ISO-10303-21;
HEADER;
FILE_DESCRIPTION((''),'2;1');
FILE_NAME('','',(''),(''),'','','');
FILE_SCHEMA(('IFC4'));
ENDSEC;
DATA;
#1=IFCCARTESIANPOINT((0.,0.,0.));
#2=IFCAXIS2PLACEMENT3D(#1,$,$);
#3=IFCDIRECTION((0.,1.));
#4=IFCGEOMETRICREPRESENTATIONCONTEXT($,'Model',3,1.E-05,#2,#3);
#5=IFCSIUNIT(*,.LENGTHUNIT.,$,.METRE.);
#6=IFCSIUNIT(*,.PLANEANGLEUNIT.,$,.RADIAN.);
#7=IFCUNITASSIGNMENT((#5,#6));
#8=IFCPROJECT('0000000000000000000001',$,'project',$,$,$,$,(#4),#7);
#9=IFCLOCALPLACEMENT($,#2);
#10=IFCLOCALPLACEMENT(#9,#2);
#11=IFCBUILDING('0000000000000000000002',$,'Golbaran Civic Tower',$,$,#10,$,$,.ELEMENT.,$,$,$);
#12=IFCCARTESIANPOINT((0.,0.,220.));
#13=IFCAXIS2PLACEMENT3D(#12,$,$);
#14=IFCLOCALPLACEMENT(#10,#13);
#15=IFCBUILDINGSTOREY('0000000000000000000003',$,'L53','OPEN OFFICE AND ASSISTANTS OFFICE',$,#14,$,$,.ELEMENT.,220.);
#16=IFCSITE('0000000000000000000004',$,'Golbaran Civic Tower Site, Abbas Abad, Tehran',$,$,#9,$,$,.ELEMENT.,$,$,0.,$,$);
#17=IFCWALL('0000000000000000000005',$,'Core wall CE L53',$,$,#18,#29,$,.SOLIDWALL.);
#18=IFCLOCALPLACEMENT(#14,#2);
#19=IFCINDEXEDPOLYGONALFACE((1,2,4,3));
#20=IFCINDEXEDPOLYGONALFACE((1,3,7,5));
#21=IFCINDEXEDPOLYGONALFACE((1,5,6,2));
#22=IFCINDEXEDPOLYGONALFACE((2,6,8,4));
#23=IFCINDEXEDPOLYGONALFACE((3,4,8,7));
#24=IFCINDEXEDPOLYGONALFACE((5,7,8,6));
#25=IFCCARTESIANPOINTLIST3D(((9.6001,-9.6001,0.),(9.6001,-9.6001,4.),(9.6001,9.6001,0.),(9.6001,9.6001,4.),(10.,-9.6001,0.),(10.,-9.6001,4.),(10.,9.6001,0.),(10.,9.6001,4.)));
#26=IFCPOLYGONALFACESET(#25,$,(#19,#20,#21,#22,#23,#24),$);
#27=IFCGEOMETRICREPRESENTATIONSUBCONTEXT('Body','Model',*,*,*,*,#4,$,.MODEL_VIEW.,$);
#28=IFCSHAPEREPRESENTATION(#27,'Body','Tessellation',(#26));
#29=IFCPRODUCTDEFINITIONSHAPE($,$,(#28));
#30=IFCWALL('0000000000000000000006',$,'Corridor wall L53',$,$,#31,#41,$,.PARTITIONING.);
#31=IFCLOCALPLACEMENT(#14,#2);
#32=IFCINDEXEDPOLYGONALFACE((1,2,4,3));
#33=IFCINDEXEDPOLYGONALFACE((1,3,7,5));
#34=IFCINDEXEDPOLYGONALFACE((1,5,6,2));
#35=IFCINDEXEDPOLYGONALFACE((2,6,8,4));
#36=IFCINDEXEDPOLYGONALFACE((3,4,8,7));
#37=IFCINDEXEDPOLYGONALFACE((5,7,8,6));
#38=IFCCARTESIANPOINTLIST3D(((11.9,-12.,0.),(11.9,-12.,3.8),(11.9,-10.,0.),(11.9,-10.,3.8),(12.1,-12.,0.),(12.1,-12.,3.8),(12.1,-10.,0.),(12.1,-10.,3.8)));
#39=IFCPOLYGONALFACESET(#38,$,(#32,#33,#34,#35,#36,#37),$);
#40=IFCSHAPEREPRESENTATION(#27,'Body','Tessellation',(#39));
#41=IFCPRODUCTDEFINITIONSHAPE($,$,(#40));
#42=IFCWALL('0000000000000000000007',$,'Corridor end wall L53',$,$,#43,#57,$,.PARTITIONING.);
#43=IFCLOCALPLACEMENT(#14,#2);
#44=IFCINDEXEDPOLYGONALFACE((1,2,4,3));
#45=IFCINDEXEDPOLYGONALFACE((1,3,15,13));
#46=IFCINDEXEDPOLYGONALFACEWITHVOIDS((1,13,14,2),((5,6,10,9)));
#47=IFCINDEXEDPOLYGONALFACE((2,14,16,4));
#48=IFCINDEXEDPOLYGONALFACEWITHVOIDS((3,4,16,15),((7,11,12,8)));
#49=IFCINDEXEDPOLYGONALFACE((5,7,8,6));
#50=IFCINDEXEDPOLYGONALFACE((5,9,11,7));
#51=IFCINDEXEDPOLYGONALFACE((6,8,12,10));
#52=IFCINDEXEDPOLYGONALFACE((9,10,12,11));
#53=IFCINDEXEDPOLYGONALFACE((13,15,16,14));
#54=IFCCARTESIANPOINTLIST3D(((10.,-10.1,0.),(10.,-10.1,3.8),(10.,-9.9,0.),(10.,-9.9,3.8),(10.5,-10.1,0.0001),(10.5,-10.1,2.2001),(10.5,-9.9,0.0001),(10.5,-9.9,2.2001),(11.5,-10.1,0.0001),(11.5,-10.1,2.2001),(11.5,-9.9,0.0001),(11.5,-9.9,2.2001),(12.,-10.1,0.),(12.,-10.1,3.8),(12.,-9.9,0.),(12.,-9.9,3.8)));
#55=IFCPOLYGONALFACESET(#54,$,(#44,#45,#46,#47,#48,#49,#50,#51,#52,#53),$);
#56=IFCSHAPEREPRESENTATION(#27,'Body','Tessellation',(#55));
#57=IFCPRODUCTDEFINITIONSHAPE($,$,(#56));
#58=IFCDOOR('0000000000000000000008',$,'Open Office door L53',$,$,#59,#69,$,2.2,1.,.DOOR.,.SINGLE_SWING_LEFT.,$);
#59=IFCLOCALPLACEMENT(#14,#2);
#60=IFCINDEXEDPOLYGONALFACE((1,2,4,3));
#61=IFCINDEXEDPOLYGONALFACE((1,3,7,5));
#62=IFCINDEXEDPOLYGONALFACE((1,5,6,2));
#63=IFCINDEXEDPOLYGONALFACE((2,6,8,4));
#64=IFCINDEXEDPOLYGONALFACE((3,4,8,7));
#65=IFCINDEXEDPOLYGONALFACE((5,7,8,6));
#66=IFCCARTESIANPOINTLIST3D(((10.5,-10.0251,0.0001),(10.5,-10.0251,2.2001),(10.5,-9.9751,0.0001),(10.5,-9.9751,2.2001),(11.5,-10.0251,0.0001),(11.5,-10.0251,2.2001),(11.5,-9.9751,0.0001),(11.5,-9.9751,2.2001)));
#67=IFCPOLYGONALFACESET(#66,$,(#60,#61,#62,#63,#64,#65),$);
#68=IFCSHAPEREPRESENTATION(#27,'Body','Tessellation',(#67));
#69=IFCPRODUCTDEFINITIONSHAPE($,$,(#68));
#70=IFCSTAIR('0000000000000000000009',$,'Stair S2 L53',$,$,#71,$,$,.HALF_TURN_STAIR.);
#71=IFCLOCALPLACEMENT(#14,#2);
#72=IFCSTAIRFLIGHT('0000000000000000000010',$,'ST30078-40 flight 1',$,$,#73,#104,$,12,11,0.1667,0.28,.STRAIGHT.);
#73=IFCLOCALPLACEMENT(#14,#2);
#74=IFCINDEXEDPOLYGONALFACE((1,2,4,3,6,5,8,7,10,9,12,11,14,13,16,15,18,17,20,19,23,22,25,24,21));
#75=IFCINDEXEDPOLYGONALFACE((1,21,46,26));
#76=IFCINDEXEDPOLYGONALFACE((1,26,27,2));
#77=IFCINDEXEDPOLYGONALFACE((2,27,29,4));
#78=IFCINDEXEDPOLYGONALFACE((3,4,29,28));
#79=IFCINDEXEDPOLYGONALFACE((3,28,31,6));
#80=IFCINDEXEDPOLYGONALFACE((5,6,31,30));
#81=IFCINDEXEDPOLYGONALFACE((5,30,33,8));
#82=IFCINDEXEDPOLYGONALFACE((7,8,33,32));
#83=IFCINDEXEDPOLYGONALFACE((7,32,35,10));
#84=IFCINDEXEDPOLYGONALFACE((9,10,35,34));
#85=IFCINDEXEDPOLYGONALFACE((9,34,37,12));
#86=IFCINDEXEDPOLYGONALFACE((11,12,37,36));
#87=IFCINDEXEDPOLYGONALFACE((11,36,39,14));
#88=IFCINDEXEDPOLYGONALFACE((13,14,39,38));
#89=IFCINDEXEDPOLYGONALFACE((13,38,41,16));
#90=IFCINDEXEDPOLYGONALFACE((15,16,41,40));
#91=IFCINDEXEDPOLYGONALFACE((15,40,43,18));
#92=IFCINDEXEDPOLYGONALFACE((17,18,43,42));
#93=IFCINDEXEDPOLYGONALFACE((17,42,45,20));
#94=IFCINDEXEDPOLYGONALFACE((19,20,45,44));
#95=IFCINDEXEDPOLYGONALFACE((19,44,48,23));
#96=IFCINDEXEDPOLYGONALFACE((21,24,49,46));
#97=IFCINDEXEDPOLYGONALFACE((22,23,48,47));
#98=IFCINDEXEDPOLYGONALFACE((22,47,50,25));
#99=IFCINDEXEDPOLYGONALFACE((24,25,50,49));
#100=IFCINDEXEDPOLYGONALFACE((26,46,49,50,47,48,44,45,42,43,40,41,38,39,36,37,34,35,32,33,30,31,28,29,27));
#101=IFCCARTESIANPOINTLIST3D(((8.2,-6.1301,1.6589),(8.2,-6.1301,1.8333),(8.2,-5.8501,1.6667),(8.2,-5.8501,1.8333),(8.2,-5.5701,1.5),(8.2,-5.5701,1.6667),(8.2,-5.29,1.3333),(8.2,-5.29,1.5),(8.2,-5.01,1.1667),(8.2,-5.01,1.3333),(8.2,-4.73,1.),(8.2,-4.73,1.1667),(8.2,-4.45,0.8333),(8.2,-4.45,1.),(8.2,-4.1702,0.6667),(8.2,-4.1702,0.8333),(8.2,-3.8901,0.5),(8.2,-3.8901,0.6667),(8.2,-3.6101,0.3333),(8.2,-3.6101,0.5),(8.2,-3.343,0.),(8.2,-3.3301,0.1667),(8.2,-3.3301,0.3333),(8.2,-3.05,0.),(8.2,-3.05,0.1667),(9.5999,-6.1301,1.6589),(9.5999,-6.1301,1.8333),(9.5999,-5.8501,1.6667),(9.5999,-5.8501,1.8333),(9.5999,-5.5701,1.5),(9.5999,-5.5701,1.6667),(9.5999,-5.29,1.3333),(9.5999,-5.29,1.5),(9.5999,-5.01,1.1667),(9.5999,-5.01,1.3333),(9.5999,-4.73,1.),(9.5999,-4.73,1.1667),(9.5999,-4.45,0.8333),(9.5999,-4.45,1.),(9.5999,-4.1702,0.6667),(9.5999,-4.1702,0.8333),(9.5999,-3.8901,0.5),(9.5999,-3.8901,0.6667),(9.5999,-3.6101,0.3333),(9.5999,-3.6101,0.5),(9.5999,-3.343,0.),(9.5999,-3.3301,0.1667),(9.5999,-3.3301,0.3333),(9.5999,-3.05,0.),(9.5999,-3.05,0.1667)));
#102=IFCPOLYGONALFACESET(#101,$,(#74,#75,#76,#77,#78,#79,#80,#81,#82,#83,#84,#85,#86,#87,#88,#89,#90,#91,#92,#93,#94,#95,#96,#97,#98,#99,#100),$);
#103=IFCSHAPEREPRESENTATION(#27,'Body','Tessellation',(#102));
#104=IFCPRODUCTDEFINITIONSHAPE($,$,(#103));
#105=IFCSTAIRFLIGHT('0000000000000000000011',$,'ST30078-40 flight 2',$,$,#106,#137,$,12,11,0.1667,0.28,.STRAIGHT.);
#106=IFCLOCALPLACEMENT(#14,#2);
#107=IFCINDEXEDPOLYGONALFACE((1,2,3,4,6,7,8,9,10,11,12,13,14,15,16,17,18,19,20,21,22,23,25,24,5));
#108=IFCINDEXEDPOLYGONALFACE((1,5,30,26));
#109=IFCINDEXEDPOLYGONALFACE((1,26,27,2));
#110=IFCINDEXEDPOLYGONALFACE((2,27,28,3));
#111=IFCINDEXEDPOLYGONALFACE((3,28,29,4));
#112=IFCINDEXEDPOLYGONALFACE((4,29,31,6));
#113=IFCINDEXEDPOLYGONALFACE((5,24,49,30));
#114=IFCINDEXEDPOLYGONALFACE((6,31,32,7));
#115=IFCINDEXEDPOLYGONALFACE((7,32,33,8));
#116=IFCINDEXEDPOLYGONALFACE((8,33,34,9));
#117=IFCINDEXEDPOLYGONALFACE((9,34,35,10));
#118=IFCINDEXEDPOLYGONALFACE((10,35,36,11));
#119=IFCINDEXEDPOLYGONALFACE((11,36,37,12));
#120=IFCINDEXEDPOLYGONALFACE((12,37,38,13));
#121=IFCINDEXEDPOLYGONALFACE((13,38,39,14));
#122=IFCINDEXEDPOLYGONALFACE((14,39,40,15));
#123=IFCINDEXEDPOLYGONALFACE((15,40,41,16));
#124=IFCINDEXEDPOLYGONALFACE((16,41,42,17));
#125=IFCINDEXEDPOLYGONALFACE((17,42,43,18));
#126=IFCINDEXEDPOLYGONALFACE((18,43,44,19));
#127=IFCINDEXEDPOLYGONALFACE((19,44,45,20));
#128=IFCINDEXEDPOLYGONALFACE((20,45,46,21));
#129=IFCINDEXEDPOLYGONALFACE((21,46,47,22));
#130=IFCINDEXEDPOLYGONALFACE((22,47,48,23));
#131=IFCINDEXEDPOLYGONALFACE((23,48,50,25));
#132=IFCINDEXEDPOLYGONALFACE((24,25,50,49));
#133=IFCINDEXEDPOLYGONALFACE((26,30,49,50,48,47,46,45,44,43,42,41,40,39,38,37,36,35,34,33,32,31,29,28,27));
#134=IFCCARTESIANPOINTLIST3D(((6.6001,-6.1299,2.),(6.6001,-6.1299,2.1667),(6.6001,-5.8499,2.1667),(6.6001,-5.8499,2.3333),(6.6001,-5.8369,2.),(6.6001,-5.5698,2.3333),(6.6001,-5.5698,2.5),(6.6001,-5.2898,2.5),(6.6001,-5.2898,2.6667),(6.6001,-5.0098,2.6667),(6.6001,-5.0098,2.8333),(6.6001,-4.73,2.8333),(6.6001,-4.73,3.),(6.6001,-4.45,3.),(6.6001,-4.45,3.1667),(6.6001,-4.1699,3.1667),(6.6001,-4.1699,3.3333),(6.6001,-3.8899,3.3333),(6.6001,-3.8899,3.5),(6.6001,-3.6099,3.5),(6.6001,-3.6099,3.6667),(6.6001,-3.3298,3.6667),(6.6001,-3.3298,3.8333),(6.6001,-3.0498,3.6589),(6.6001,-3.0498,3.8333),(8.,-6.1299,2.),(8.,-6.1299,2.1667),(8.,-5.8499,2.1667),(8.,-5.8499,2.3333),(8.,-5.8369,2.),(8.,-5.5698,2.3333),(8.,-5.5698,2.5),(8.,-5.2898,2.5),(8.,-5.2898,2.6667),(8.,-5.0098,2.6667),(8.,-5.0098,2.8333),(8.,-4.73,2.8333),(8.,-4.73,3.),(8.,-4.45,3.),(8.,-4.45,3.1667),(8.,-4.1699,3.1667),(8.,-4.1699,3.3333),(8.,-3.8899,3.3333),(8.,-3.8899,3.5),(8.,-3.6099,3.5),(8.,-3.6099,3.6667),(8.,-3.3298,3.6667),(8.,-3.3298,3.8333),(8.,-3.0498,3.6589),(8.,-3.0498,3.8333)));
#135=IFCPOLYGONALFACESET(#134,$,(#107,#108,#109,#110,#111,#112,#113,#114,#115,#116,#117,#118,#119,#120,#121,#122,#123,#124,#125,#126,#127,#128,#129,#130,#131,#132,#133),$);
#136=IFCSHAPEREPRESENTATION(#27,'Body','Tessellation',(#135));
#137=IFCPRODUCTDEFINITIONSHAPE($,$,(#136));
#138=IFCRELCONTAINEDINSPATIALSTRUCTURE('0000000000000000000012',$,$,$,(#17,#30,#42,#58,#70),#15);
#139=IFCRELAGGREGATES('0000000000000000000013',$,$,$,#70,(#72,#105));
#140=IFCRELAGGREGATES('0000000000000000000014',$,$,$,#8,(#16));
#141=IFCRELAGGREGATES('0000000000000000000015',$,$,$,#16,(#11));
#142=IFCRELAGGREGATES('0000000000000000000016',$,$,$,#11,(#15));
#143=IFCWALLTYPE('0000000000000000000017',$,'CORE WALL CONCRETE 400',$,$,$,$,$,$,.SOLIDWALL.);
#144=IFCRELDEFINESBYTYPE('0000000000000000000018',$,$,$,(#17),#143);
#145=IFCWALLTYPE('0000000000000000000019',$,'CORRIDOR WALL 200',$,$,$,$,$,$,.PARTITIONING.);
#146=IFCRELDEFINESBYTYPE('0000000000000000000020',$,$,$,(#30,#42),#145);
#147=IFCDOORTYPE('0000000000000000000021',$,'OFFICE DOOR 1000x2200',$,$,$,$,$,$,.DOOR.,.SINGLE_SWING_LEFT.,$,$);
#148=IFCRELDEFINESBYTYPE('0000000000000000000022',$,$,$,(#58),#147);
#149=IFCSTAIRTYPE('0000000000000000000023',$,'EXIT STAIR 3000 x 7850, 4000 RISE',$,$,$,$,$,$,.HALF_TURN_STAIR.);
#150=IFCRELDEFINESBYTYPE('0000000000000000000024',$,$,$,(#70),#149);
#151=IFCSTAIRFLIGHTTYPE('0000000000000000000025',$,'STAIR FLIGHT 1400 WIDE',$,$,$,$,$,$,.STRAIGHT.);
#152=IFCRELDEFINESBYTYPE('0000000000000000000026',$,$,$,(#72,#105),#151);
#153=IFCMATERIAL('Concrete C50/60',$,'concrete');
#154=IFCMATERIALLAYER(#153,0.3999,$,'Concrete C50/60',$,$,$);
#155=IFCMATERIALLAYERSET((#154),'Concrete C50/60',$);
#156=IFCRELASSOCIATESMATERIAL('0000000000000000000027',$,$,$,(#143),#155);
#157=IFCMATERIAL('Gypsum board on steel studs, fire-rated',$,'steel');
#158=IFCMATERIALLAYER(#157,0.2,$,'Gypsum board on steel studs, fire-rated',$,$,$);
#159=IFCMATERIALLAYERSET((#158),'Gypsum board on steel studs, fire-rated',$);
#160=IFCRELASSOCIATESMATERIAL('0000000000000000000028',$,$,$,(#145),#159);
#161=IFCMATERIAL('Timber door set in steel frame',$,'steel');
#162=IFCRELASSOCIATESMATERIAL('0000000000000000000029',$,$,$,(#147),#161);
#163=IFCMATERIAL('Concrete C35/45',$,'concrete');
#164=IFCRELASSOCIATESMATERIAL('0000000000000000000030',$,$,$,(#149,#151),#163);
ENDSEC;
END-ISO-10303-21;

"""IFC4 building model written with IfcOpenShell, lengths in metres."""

from ifc_helpers import new_model, si_unit, direction, frame, frame_2d, origin, place, context, subcontext, project, spatial, polyline, rectangle, outline, extrude, material, layer, layer_set, type_object, element, fill, aggregate, save


model = new_model("IFC4")

# Units and contexts
model_context = context("Model", 3, precision=1e-05, world=origin(), true_north=direction((0.0, 1.0)))
body_context = subcontext(model_context, "Body", "Model", "MODEL_VIEW")
ifc_project = project(units=[si_unit("LENGTHUNIT", "METRE"), si_unit("PLANEANGLEUNIT", "RADIAN")], contexts=[model_context])

# Site, building, storey
site_placement = place(None, origin())
site = spatial("IfcSite", under=ifc_project, at=site_placement, Name="Golbaran Civic Tower Site, Abbas Abad, Tehran", CompositionType="ELEMENT", RefElevation=0.0)
building_placement = place(site_placement, origin())
building = spatial("IfcBuilding", under=site, at=building_placement, Name="Golbaran Civic Tower", CompositionType="ELEMENT")
storey_placement = place(building_placement, frame((0.0, 0.0, 220.0)))
storey = spatial("IfcBuildingStorey", under=building, at=storey_placement, Name="L53", Description="OPEN OFFICE AND ASSISTANTS OFFICE", CompositionType="ELEMENT", Elevation=220.0)

# Shared definitions
ifc_material_1 = material(Name="Concrete C50/60", Category="concrete")
ifc_layer_1 = layer(ifc_material_1, 0.3999, Name="Concrete C50/60")
ifc_layer_set_1 = layer_set([ifc_layer_1], Name="Concrete C50/60")
wall_type_1 = type_object("IfcWallType", Name="CORE WALL CONCRETE 400", PredefinedType="SOLIDWALL", material=ifc_layer_set_1)
ifc_material_2 = material(Name="Timber door set in steel frame", Category="steel")

# Walls
wall_1_placement = place(storey_placement, frame((9.8, -9.6001, 0.0), z_axis=(0.0, 0.0, 1.0), x_axis=(0.0, 1.0, 0.0)))
element("IfcWall", 1, at=wall_1_placement, inside=storey, type_object=wall_type_1, Name="Core wall CE L53", PredefinedType="SOLIDWALL", context=body_context, shape_type="SweptSolid", body=[
    extrude(rectangle(XDim=19.2002, YDim=0.3999, at=frame_2d((9.6001, 0.0))), origin(), (0.0, 0.0, 1.0), 4.0),
])
ifc_material_3 = material(Name="Gypsum board on steel studs, fire-rated", Category="steel")
ifc_layer_2 = layer(ifc_material_3, 0.2, Name="Gypsum board on steel studs, fire-rated")
ifc_layer_set_2 = layer_set([ifc_layer_2], Name="Gypsum board on steel studs, fire-rated")
wall_type_2 = type_object("IfcWallType", Name="CORRIDOR WALL 200", PredefinedType="PARTITIONING", material=ifc_layer_set_2)
wall_2_placement = place(storey_placement, frame((12.0, -12.0, 0.0), z_axis=(0.0, 0.0, 1.0), x_axis=(0.0, 1.0, 0.0)))
element("IfcWall", 2, at=wall_2_placement, inside=storey, type_object=wall_type_2, Name="Corridor wall L53", PredefinedType="PARTITIONING", context=body_context, shape_type="SweptSolid", body=[
    extrude(rectangle(XDim=2.0, YDim=0.2, at=frame_2d((1.0, 0.0))), origin(), (0.0, 0.0, 1.0), 3.8),
])

# Wall, opening, door
wall_3_placement = place(storey_placement, frame((10.0, -10.0, 0.0), z_axis=(0.0, 0.0, 1.0), x_axis=(1.0, 0.0, 0.0)))
wall_3 = element("IfcWall", 3, at=wall_3_placement, inside=storey, type_object=wall_type_2, Name="Corridor end wall L53", PredefinedType="PARTITIONING", context=body_context, shape_type="SweptSolid", body=[
    extrude(rectangle(XDim=2.0, YDim=0.2, at=frame_2d((1.0, 0.0))), origin(), (0.0, 0.0, 1.0), 3.8),
])
opening_1_placement = place(wall_3_placement, frame((0.5, 0.0, 0.0)))
opening_1 = element("IfcOpeningElement", 4, at=opening_1_placement, cuts=wall_3, PredefinedType="OPENING", context=body_context, shape_type="SweptSolid", body=[
    extrude(rectangle(XDim=1.0, YDim=2.2, at=frame_2d((0.5, 1.1001))), frame((0.0, 0.1099, 0.0), z_axis=(0.0, -1.0, 0.0), x_axis=(1.0, 0.0, 0.0)), (0.0, 0.0, 1.0), 0.22),
])
door_type_1 = type_object("IfcDoorType", Name="OFFICE DOOR 1000x2200", OperationType="SINGLE_SWING_LEFT", PredefinedType="DOOR", material=ifc_material_2)
door_1_placement = place(opening_1_placement, origin())
door_1 = element("IfcDoor", 5, at=door_1_placement, inside=storey, type_object=door_type_1, Name="Open Office door L53", OperationType="SINGLE_SWING_LEFT", OverallHeight=2.2, OverallWidth=1.0, PredefinedType="DOOR", context=body_context, shape_type="SweptSolid", body=[
    extrude(rectangle(XDim=1.0, YDim=2.2, at=frame_2d((0.5, 1.1001))), frame((0.0, 0.0249, 0.0), z_axis=(0.0, -1.0, 0.0), x_axis=(1.0, 0.0, 0.0)), (0.0, 0.0, 1.0), 0.05),
])
fill(opening_1, door_1)

# Stair, stair flights
ifc_material_4 = material(Name="Concrete C35/45", Category="concrete")
stair_type = type_object("IfcStairType", Name="EXIT STAIR 3000 x 7850, 4000 RISE", PredefinedType="HALF_TURN_STAIR", material=ifc_material_4)
stair_placement = place(storey_placement, origin())
stair = element("IfcStair", 6, at=stair_placement, inside=storey, type_object=stair_type, Name="Stair S2 L53", PredefinedType="HALF_TURN_STAIR")
stair_flight_type = type_object("IfcStairFlightType", Name="STAIR FLIGHT 1400 WIDE", PredefinedType="STRAIGHT", material=ifc_material_4)
stair_flight_1_placement = place(storey_placement, frame((8.8999, -3.05, 0.0), z_axis=(0.0, 0.0, 1.0), x_axis=(0.0, -1.0, 0.0)))
stair_flight_1 = element("IfcStairFlight", 7, at=stair_flight_1_placement, type_object=stair_flight_type, Name="ST30078-40 flight 1", NumberOfRisers=12, NumberOfTreads=11, PredefinedType="STRAIGHT", RiserHeight=0.1667, TreadLength=0.28, context=body_context, shape_type="SweptSolid", body=[
    extrude(outline(polyline([(0.0, 0.0), (0.0, 0.1667), (0.28, 0.1667), (0.28, 0.3333), (0.5601, 0.3333), (0.5601, 0.5), (0.8401, 0.5), (0.8401, 0.6667), (1.1201, 0.6667), (1.1201, 0.8333), (1.3999, 0.8333), (1.3999, 1.0), (1.6799, 1.0), (1.6799, 1.1667), (1.96, 1.1667), (1.96, 1.3333), (2.24, 1.3333), (2.24, 1.5), (2.52, 1.5), (2.52, 1.6667), (2.8, 1.6667), (2.8, 1.8333), (3.0801, 1.8333), (3.0801, 2.0), (3.0801, 1.6589), (0.293, 0.0), (0.0, 0.0)])), frame((0.0, 0.7, 0.0), z_axis=(0.0, -1.0, 0.0), x_axis=(1.0, 0.0, 0.0)), (0.0, 0.0, 1.0), 1.3999),
])
stair_flight_2_placement = place(storey_placement, frame((7.3, -6.1299, 2.0), z_axis=(0.0, 0.0, 1.0), x_axis=(0.0, 1.0, 0.0)))
stair_flight_2 = element("IfcStairFlight", 8, at=stair_flight_2_placement, type_object=stair_flight_type, Name="ST30078-40 flight 2", NumberOfRisers=12, NumberOfTreads=11, PredefinedType="STRAIGHT", RiserHeight=0.1667, TreadLength=0.28, context=body_context, shape_type="SweptSolid", body=[
    extrude(outline(polyline([(0.0, 0.0), (0.0, 0.1667), (0.28, 0.1667), (0.28, 0.3333), (0.5601, 0.3333), (0.5601, 0.5), (0.8401, 0.5), (0.8401, 0.6667), (1.1201, 0.6667), (1.1201, 0.8333), (1.3999, 0.8333), (1.3999, 1.0), (1.6799, 1.0), (1.6799, 1.1667), (1.96, 1.1667), (1.96, 1.3333), (2.24, 1.3333), (2.24, 1.5), (2.52, 1.5), (2.52, 1.6667), (2.8, 1.6667), (2.8, 1.8333), (3.0801, 1.8333), (3.0801, 2.0), (3.0801, 1.6589), (0.293, 0.0), (0.0, 0.0)])), frame((0.0, 0.7, 0.0), z_axis=(0.0, -1.0, 0.0), x_axis=(1.0, 0.0, 0.0)), (0.0, 0.0, 1.0), 1.3999),
])
aggregate(stair, [stair_flight_1, stair_flight_2])

save(model, "model.ifc")
